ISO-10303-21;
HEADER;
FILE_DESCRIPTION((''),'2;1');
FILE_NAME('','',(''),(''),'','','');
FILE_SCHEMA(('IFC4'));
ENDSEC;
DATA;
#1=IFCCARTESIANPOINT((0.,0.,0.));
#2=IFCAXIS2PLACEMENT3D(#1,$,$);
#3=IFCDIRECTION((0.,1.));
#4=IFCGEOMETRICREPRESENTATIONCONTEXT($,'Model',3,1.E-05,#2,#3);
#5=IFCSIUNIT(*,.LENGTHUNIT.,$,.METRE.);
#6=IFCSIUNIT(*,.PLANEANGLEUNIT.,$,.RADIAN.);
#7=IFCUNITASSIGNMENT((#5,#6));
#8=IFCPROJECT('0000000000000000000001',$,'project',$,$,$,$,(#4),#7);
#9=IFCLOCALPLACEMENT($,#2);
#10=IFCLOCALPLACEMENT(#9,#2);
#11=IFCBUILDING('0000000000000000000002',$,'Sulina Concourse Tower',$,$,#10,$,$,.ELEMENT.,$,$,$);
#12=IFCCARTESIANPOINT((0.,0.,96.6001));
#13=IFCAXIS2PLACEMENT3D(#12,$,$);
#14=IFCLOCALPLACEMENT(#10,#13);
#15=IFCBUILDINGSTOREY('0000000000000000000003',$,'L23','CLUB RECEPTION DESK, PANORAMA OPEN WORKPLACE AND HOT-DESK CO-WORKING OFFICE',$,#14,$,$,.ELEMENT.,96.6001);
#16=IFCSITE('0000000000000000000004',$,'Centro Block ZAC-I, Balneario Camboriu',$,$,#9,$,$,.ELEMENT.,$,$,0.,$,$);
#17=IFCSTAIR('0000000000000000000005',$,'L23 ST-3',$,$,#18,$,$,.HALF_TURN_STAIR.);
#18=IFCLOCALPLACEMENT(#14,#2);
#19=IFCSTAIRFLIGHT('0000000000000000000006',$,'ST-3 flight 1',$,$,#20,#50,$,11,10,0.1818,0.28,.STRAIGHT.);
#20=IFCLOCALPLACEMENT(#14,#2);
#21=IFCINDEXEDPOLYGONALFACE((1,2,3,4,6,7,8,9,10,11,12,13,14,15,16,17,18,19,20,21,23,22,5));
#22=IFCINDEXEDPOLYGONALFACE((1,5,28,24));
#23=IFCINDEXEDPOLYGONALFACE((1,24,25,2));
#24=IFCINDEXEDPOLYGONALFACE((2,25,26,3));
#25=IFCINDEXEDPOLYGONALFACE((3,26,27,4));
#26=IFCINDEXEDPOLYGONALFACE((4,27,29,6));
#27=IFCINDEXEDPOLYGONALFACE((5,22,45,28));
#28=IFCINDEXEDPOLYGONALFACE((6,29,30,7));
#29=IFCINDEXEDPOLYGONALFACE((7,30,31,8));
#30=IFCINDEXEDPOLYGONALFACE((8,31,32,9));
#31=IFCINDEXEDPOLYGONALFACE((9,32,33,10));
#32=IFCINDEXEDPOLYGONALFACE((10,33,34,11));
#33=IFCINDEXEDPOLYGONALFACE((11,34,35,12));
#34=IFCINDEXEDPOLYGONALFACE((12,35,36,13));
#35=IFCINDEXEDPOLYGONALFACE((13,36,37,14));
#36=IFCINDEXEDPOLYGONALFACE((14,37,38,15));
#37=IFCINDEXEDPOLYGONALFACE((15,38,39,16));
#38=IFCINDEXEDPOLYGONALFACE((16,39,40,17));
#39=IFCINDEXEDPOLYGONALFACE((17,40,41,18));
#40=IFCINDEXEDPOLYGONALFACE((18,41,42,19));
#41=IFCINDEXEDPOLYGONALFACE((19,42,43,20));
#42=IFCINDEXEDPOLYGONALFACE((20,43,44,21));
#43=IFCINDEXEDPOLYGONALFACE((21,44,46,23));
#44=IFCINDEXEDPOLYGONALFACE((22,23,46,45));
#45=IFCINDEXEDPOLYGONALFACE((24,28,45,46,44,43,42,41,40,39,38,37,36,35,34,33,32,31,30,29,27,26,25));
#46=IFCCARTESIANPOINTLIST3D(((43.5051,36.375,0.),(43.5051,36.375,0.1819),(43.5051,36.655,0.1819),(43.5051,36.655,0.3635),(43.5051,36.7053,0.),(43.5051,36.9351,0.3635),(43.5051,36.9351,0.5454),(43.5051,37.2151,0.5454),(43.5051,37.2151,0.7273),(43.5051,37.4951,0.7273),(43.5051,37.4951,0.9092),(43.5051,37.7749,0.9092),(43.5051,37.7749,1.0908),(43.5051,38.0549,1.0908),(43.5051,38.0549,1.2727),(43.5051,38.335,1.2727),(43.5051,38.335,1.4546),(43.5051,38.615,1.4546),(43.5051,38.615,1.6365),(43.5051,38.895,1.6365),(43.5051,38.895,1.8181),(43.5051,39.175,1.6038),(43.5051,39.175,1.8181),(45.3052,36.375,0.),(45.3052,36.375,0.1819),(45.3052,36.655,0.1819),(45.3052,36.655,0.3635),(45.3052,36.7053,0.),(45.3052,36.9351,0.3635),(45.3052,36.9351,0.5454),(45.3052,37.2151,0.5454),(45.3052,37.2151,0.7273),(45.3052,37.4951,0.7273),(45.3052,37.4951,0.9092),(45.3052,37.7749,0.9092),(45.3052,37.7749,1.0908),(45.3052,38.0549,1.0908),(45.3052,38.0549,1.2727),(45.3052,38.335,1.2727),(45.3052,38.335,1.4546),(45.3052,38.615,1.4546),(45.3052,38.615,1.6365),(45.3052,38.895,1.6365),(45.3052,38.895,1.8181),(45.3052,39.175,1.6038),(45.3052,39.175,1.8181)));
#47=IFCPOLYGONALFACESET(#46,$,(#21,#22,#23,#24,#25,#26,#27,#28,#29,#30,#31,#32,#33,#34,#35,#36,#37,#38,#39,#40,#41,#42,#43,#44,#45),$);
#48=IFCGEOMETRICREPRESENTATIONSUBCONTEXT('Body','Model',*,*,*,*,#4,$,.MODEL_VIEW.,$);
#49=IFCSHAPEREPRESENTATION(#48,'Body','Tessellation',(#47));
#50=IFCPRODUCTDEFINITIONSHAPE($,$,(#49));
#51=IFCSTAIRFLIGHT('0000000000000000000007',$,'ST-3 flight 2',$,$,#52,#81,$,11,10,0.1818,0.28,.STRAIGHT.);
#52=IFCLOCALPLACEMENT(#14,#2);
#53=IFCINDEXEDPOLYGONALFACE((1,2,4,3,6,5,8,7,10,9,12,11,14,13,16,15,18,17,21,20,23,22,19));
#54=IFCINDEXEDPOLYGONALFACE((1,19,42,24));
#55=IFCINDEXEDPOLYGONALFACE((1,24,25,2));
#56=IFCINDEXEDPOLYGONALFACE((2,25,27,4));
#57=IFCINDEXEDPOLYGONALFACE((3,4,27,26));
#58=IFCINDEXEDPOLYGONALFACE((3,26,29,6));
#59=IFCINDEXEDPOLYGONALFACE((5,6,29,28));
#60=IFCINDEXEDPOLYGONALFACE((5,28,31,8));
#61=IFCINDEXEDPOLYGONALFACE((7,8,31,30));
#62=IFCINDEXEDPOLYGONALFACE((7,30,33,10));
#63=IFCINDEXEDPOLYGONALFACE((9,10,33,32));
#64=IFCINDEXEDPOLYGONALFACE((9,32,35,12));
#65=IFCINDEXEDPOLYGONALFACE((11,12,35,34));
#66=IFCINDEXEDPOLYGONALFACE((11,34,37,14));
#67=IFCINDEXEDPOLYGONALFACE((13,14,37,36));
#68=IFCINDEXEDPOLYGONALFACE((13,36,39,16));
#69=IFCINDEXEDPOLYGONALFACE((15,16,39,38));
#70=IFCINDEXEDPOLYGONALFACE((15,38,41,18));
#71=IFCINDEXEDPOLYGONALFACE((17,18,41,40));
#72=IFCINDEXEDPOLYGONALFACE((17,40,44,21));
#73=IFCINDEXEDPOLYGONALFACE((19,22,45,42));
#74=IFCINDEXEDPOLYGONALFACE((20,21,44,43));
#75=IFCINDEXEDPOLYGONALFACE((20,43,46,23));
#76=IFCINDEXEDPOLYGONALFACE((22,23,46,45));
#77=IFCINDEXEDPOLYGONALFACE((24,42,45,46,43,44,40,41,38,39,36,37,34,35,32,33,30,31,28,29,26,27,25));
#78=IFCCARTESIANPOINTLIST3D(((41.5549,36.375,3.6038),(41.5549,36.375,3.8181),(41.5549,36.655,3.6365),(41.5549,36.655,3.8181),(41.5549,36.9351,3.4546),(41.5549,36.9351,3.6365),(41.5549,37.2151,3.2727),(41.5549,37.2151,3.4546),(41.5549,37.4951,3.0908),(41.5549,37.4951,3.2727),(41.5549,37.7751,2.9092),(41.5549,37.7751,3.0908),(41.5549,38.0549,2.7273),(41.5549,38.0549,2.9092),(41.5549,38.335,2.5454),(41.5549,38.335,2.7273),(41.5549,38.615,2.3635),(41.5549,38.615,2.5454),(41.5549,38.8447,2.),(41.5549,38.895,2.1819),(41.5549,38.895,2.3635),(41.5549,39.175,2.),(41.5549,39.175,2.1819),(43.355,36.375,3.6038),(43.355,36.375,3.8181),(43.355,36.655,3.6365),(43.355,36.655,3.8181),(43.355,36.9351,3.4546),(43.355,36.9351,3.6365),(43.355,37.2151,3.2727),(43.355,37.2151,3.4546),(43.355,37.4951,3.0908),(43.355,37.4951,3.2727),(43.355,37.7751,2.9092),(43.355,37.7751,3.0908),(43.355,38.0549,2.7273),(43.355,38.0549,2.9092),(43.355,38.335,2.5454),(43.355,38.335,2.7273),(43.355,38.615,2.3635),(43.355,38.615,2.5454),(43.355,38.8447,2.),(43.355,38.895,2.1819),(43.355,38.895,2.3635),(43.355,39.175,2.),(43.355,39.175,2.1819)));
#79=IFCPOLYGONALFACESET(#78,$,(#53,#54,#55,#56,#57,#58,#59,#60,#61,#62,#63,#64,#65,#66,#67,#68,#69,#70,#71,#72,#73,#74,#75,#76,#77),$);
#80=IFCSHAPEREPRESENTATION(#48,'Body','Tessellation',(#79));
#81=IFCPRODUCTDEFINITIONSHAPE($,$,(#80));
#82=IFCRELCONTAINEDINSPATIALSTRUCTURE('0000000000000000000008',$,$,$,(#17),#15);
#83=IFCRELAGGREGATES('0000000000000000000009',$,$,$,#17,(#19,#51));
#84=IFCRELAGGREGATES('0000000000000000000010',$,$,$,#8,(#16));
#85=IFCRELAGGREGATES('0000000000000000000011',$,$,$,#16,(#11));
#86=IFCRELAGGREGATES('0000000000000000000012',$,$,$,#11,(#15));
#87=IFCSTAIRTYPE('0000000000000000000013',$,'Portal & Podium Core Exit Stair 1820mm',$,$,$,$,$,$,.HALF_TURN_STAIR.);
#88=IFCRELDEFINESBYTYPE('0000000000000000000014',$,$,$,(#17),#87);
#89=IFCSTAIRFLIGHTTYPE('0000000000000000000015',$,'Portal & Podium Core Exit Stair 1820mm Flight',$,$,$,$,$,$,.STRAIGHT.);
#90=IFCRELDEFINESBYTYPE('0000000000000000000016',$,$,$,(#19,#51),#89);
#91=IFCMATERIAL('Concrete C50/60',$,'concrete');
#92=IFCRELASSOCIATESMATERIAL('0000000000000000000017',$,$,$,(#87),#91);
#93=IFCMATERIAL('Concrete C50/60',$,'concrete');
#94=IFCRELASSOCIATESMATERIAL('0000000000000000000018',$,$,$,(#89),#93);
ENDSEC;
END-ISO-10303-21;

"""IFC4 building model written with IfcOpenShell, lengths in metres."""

from ifc_helpers import new_model, si_unit, direction, frame, origin, place, context, subcontext, project, spatial, polyline, outline, extrude, material, type_object, element, aggregate, save


model = new_model("IFC4")

# Units and contexts
model_context = context("Model", 3, precision=1e-05, world=origin(), true_north=direction((0.0, 1.0)))
body_context = subcontext(model_context, "Body", "Model", "MODEL_VIEW")
ifc_project = project(units=[si_unit("LENGTHUNIT", "METRE"), si_unit("PLANEANGLEUNIT", "RADIAN")], contexts=[model_context])

# Site, building, storey
site_placement = place(None, origin())
site = spatial("IfcSite", under=ifc_project, at=site_placement, Name="Centro Block ZAC-I, Balneario Camboriu", CompositionType="ELEMENT", RefElevation=0.0)
building_placement = place(site_placement, origin())
building = spatial("IfcBuilding", under=site, at=building_placement, Name="Sulina Concourse Tower", CompositionType="ELEMENT")
storey_placement = place(building_placement, frame((0.0, 0.0, 96.6001)))
storey = spatial("IfcBuildingStorey", under=building, at=storey_placement, Name="L23", Description="CLUB RECEPTION DESK, PANORAMA OPEN WORKPLACE AND HOT-DESK CO-WORKING OFFICE", CompositionType="ELEMENT", Elevation=96.6001)

# Stair, stair flights
ifc_material_1 = material(Name="Concrete C50/60", Category="concrete")
stair_type = type_object("IfcStairType", Name="Portal & Podium Core Exit Stair 1820mm", PredefinedType="HALF_TURN_STAIR", material=ifc_material_1)
stair_placement = place(storey_placement, origin())
stair = element("IfcStair", 1, at=stair_placement, inside=storey, type_object=stair_type, Name="L23 ST-3", PredefinedType="HALF_TURN_STAIR")
ifc_material_2 = material(Name="Concrete C50/60", Category="concrete")
stair_flight_type = type_object("IfcStairFlightType", Name="Portal & Podium Core Exit Stair 1820mm Flight", PredefinedType="STRAIGHT", material=ifc_material_2)
stair_flight_1_placement = place(storey_placement, frame((44.405, 36.375, 0.0), z_axis=(0.0, 0.0, 1.0), x_axis=(0.0, 1.0, 0.0)))
stair_flight_1 = element("IfcStairFlight", 2, at=stair_flight_1_placement, type_object=stair_flight_type, Name="ST-3 flight 1", NumberOfRisers=11, NumberOfTreads=10, PredefinedType="STRAIGHT", RiserHeight=0.1818, TreadLength=0.28, context=body_context, shape_type="SweptSolid", body=[
    extrude(outline(polyline([(0.0, 0.0), (0.0, 0.1819), (0.28, 0.1819), (0.28, 0.3635), (0.5601, 0.3635), (0.5601, 0.5454), (0.8401, 0.5454), (0.8401, 0.7273), (1.1201, 0.7273), (1.1201, 0.9092), (1.3999, 0.9092), (1.3999, 1.0908), (1.6799, 1.0908), (1.6799, 1.2727), (1.96, 1.2727), (1.96, 1.4546), (2.24, 1.4546), (2.24, 1.6365), (2.52, 1.6365), (2.52, 1.8181), (2.8, 1.8181), (2.8, 2.0), (2.8, 1.6038), (0.3303, 0.0), (0.0, 0.0)])), frame((0.0, 0.8999, 0.0), z_axis=(0.0, -1.0, 0.0), x_axis=(1.0, 0.0, 0.0)), (0.0, 0.0, 1.0), 1.8),
])
stair_flight_2_placement = place(storey_placement, frame((42.4551, 39.175, 2.0), z_axis=(0.0, 0.0, 1.0), x_axis=(0.0, -1.0, 0.0)))
stair_flight_2 = element("IfcStairFlight", 3, at=stair_flight_2_placement, type_object=stair_flight_type, Name="ST-3 flight 2", NumberOfRisers=11, NumberOfTreads=10, PredefinedType="STRAIGHT", RiserHeight=0.1818, TreadLength=0.28, context=body_context, shape_type="SweptSolid", body=[
    extrude(outline(polyline([(0.0, 0.0), (0.0, 0.1819), (0.28, 0.1819), (0.28, 0.3635), (0.5601, 0.3635), (0.5601, 0.5454), (0.8401, 0.5454), (0.8401, 0.7273), (1.1201, 0.7273), (1.1201, 0.9092), (1.3999, 0.9092), (1.3999, 1.0908), (1.6799, 1.0908), (1.6799, 1.2727), (1.96, 1.2727), (1.96, 1.4546), (2.24, 1.4546), (2.24, 1.6365), (2.52, 1.6365), (2.52, 1.8181), (2.8, 1.8181), (2.8, 2.0), (2.8, 1.6038), (0.3303, 0.0), (0.0, 0.0)])), frame((0.0, 0.8999, 0.0), z_axis=(0.0, -1.0, 0.0), x_axis=(1.0, 0.0, 0.0)), (0.0, 0.0, 1.0), 1.8),
])
aggregate(stair, [stair_flight_1, stair_flight_2])

save(model, "model.ifc")
